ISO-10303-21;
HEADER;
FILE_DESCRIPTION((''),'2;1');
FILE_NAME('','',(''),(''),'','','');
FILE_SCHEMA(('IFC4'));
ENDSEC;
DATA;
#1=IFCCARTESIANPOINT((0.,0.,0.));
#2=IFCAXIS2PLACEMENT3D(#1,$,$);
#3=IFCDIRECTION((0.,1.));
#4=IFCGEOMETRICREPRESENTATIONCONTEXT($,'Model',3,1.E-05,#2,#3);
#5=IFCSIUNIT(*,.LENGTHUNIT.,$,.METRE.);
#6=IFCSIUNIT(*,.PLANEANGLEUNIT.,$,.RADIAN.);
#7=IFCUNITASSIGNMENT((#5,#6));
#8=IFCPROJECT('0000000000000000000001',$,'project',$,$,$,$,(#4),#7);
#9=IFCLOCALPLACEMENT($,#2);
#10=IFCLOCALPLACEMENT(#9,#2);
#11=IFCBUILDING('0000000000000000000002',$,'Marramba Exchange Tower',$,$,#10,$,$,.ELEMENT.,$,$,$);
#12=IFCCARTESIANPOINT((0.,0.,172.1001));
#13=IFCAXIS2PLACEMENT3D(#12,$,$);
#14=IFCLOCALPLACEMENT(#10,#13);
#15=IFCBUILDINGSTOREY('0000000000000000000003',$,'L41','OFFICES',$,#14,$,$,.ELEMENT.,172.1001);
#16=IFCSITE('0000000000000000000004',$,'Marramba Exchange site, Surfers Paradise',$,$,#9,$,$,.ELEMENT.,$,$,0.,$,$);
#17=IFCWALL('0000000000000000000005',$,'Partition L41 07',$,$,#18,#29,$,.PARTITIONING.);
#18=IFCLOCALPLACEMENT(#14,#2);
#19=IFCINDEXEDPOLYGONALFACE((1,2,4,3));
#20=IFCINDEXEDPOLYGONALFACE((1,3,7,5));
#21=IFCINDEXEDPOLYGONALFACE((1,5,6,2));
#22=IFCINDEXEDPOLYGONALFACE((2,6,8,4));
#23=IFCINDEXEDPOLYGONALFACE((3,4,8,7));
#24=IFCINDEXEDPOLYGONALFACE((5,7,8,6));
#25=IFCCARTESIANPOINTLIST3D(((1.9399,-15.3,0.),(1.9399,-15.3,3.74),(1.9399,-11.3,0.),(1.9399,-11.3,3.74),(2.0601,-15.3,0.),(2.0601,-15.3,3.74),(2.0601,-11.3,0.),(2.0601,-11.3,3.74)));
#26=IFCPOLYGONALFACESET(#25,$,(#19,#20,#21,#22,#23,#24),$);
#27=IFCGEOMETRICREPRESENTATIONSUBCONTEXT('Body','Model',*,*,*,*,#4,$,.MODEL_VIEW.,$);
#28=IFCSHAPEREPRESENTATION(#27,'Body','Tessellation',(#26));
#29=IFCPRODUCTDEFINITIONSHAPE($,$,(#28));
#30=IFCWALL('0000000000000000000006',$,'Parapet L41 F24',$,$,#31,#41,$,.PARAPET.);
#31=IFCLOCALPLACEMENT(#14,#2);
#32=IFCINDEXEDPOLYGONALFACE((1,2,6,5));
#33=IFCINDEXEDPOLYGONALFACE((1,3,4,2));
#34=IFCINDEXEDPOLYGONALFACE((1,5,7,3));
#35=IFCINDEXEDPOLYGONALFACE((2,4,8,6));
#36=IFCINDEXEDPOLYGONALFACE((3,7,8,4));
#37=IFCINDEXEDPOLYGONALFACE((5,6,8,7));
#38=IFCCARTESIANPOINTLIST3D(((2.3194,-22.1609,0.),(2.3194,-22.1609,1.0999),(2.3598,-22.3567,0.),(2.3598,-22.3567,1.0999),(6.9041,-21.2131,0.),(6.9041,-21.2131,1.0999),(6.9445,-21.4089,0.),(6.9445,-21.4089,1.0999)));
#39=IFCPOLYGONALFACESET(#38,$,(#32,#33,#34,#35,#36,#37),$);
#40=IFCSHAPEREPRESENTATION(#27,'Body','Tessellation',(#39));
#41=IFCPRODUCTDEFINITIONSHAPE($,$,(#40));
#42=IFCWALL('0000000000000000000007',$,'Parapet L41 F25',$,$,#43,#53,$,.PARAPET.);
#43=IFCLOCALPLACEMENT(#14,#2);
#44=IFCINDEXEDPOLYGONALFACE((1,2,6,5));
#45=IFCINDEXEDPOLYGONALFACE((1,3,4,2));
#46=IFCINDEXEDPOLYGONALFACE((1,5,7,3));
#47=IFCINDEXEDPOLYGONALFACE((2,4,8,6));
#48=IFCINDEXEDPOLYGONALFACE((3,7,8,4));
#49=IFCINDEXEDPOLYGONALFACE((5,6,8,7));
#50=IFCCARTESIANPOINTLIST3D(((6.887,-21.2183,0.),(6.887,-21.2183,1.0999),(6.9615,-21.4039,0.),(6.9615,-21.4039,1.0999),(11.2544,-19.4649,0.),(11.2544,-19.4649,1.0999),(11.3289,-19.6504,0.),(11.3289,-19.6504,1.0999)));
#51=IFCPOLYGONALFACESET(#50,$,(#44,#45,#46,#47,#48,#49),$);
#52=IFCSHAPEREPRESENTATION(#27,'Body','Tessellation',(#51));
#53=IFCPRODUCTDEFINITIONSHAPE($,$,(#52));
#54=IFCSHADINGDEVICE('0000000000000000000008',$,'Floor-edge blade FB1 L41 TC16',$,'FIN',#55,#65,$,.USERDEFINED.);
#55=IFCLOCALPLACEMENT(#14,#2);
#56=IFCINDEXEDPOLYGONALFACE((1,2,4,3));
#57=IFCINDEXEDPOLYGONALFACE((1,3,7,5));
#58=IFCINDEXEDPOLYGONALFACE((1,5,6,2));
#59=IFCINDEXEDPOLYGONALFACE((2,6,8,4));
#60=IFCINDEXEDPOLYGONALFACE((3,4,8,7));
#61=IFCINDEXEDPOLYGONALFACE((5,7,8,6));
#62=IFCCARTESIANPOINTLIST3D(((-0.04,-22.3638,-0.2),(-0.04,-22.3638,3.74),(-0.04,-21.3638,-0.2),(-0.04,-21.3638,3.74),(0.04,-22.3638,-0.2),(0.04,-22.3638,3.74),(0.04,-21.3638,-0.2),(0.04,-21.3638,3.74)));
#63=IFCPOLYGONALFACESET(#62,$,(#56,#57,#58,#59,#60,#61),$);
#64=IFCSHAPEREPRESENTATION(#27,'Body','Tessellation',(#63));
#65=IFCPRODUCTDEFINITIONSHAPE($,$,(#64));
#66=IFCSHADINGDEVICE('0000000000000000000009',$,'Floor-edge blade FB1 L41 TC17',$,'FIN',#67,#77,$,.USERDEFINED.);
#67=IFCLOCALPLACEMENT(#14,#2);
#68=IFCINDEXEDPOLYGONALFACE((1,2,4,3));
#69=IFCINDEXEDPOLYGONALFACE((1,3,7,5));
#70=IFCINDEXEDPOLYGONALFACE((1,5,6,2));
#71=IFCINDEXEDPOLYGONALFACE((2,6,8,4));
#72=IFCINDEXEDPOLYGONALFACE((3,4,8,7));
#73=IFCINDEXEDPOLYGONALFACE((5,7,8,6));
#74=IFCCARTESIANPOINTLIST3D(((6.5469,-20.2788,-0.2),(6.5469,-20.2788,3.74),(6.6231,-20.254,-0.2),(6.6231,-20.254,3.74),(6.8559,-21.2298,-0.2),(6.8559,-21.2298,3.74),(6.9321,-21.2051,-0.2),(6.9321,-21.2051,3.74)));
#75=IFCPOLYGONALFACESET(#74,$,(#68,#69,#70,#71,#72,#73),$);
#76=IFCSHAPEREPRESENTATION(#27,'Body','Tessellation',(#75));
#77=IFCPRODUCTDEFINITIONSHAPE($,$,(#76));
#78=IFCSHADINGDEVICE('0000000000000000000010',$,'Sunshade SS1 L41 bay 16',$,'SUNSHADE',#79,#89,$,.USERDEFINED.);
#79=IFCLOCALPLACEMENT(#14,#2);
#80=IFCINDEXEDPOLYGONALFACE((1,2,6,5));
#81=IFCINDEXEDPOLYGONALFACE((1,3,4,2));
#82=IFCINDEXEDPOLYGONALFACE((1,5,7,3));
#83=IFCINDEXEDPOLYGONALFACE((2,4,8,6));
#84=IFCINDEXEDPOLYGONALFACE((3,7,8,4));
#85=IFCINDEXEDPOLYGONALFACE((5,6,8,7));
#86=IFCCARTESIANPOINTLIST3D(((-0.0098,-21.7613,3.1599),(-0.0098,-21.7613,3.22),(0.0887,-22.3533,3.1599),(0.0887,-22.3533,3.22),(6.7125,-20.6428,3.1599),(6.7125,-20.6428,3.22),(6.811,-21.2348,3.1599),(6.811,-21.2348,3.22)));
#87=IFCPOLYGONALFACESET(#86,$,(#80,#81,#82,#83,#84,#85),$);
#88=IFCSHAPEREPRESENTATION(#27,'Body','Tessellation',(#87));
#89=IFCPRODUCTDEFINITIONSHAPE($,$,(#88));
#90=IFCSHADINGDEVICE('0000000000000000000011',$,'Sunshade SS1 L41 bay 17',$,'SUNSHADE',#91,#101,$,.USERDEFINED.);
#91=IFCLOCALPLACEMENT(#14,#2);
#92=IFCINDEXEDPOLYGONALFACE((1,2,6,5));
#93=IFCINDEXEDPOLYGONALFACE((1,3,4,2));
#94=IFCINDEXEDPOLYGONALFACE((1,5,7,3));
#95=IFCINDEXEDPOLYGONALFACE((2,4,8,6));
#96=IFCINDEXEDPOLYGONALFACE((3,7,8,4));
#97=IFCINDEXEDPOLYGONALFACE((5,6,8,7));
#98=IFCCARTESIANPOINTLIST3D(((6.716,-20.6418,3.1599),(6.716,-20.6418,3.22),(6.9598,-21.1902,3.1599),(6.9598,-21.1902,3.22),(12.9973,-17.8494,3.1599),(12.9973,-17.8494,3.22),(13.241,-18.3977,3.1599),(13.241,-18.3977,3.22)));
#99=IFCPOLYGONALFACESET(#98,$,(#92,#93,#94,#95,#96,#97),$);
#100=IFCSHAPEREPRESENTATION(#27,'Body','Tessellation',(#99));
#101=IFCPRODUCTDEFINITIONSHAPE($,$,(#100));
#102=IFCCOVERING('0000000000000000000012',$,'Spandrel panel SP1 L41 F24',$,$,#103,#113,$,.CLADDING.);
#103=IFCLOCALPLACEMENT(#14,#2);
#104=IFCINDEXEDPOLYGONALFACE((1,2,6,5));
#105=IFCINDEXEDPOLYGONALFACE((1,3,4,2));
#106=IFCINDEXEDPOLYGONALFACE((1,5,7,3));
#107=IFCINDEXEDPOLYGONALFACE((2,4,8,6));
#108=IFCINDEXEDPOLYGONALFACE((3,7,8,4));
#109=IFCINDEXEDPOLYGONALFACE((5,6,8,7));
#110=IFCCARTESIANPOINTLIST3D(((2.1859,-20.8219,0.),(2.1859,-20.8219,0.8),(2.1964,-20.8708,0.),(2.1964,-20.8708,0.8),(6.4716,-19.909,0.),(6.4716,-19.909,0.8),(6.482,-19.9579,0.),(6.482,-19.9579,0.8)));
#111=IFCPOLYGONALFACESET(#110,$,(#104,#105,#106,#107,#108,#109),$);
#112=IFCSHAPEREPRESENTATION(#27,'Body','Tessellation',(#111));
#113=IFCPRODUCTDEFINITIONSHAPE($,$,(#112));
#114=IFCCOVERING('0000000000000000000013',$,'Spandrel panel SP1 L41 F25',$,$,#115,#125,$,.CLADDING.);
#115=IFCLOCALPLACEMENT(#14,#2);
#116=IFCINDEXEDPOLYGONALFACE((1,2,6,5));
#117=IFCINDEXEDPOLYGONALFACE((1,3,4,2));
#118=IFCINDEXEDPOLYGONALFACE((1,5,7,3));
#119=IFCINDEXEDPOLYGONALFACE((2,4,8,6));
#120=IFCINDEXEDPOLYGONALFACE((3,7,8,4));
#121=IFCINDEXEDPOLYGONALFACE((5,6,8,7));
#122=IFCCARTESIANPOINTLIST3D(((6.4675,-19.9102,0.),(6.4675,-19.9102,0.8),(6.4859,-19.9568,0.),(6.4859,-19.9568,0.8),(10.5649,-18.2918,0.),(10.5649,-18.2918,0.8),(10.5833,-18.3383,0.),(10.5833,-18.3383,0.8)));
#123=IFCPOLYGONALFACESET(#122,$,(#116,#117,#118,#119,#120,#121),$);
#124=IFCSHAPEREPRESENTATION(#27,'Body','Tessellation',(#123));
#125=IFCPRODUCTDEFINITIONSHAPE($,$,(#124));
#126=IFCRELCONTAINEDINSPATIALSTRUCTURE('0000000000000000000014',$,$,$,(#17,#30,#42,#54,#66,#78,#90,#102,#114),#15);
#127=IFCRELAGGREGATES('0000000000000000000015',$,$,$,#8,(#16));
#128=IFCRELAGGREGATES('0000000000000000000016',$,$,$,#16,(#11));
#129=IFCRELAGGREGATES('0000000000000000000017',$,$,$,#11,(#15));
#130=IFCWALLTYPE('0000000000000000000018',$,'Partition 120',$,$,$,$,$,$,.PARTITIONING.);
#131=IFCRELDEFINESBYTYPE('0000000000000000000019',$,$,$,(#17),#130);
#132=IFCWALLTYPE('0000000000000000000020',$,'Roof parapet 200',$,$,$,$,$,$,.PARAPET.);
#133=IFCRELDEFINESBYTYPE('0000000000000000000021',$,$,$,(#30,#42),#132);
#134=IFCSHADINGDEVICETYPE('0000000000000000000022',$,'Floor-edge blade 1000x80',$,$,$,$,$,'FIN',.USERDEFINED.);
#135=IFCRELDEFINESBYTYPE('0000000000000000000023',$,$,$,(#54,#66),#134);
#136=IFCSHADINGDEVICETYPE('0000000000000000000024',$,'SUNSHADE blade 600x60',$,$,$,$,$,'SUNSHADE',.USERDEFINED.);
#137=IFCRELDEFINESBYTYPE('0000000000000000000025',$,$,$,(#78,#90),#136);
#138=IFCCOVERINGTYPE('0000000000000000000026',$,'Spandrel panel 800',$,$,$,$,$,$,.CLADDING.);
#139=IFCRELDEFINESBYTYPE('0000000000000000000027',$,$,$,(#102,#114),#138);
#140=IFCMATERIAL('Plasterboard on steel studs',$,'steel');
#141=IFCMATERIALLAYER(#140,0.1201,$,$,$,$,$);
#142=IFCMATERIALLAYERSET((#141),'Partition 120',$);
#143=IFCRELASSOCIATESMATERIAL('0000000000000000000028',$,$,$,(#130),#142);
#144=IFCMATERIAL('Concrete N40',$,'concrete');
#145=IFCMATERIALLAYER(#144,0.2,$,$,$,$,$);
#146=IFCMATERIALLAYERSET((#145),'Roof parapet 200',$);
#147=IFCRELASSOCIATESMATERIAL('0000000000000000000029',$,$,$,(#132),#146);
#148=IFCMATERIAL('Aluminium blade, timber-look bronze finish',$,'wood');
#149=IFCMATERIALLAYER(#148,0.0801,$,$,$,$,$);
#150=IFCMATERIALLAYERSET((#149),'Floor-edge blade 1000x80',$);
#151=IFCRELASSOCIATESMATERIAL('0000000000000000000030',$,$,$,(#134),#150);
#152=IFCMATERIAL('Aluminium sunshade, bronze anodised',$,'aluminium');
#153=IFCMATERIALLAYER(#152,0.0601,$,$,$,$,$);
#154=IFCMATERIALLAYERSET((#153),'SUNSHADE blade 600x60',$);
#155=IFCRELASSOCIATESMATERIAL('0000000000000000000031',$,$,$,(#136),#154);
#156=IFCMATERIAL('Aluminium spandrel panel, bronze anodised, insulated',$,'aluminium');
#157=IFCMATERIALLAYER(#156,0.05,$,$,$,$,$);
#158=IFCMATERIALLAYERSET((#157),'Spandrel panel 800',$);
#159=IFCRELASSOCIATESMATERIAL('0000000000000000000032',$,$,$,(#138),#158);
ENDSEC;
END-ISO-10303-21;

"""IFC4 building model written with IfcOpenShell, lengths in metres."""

from ifc_helpers import new_model, si_unit, direction, frame, frame_2d, origin, origin_2d, place, context, subcontext, project, spatial, rectangle, extrude, material, layer, layer_set, type_object, element, save


model = new_model("IFC4")

# Units and contexts
model_context = context("Model", 3, precision=1e-05, world=origin(), true_north=direction((0.0, 1.0)))
body_context = subcontext(model_context, "Body", "Model", "MODEL_VIEW")
ifc_project = project(units=[si_unit("LENGTHUNIT", "METRE"), si_unit("PLANEANGLEUNIT", "RADIAN")], contexts=[model_context])

# Site, building, storey
site_placement = place(None, origin())
site = spatial("IfcSite", under=ifc_project, at=site_placement, Name="Marramba Exchange site, Surfers Paradise", CompositionType="ELEMENT", RefElevation=0.0)
building_placement = place(site_placement, origin())
building = spatial("IfcBuilding", under=site, at=building_placement, Name="Marramba Exchange Tower", CompositionType="ELEMENT")
storey_placement = place(building_placement, frame((0.0, 0.0, 172.1001)))
storey = spatial("IfcBuildingStorey", under=building, at=storey_placement, Name="L41", Description="OFFICES", CompositionType="ELEMENT", Elevation=172.1001)

# Walls
ifc_material_1 = material(Name="Plasterboard on steel studs", Category="steel")
ifc_layer_1 = layer(ifc_material_1, 0.1201)
ifc_layer_set_1 = layer_set([ifc_layer_1], Name="Partition 120")
wall_type_1 = type_object("IfcWallType", Name="Partition 120", PredefinedType="PARTITIONING", material=ifc_layer_set_1)
wall_1_placement = place(storey_placement, frame((2.0, -15.3, 0.0), z_axis=(0.0, 0.0, 1.0), x_axis=(0.0, 1.0, 0.0)))
element("IfcWall", 1, at=wall_1_placement, inside=storey, type_object=wall_type_1, Name="Partition L41 07", PredefinedType="PARTITIONING", context=body_context, shape_type="SweptSolid", body=[
    extrude(rectangle(XDim=4.0, YDim=0.1201, at=frame_2d((2.0, 0.0))), origin(), (0.0, 0.0, 1.0), 3.74),
])
ifc_material_2 = material(Name="Concrete N40", Category="concrete")
ifc_layer_2 = layer(ifc_material_2, 0.2)
ifc_layer_set_2 = layer_set([ifc_layer_2], Name="Roof parapet 200")
wall_type_2 = type_object("IfcWallType", Name="Roof parapet 200", PredefinedType="PARAPET", material=ifc_layer_set_2)
wall_2_placement = place(storey_placement, frame((2.3396, -22.2588, 0.0), z_axis=(0.0, 0.0, 1.0), x_axis=(0.979295, 0.20244, 0.0)))
element("IfcWall", 2, at=wall_2_placement, inside=storey, type_object=wall_type_2, Name="Parapet L41 F24", PredefinedType="PARAPET", context=body_context, shape_type="SweptSolid", body=[
    extrude(rectangle(XDim=4.6816, YDim=0.2, at=frame_2d((2.3408, 0.0))), origin(), (0.0, 0.0, 1.0), 1.0999),
])
wall_3_placement = place(storey_placement, frame((6.9243, -21.311, 0.0), z_axis=(0.0, 0.0, 1.0), x_axis=(0.928004, 0.372571, 0.0)))
element("IfcWall", 3, at=wall_3_placement, inside=storey, type_object=wall_type_2, Name="Parapet L41 F25", PredefinedType="PARAPET", context=body_context, shape_type="SweptSolid", body=[
    extrude(rectangle(XDim=4.7063, YDim=0.2, at=frame_2d((2.353, 0.0))), origin(), (0.0, 0.0, 1.0), 1.0999),
])

# Shading devices
ifc_material_3 = material(Name="Aluminium blade, timber-look bronze finish", Category="wood")
ifc_layer_3 = layer(ifc_material_3, 0.0801)
ifc_layer_set_3 = layer_set([ifc_layer_3], Name="Floor-edge blade 1000x80")
shading_device_type_1 = type_object("IfcShadingDeviceType", Name="Floor-edge blade 1000x80", ElementType="FIN", PredefinedType="USERDEFINED", material=ifc_layer_set_3)
for number, where, z_axis, x_axis, name in (
    (4, (0.0, -21.8638, -0.2), (0.0, 0.0, 1.0), (0.0, -1.0, 0.0), "Floor-edge blade FB1 L41 TC16"),
    (5, (6.7395, -20.7419, -0.2), (0.0, 0.0, 1.0), (0.309017, -0.951057, 0.0), "Floor-edge blade FB1 L41 TC17"),
):
    element("IfcShadingDevice", number, at=place(storey_placement, frame(where, z_axis=z_axis, x_axis=x_axis)), inside=storey, type_object=shading_device_type_1, Name=name, ObjectType="FIN", PredefinedType="USERDEFINED", context=body_context, shape_type="SweptSolid", body=[
        extrude(rectangle(XDim=1.0, YDim=0.0801, at=origin_2d()), origin(), (0.0, 0.0, 1.0), 3.9399),
    ])
ifc_material_4 = material(Name="Aluminium sunshade, bronze anodised", Category="aluminium")
ifc_layer_4 = layer(ifc_material_4, 0.0601)
ifc_layer_set_4 = layer_set([ifc_layer_4], Name="SUNSHADE blade 600x60")
shading_device_type_2 = type_object("IfcShadingDeviceType", Name="SUNSHADE blade 600x60", ElementType="SUNSHADE", PredefinedType="USERDEFINED", material=ifc_layer_set_4)
shading_device_1_placement = place(storey_placement, frame((3.4006, -21.498, 3.1599), z_axis=(0.0, 0.0, 1.0), x_axis=(0.98644, 0.164125, 0.0)))
element("IfcShadingDevice", 6, at=shading_device_1_placement, inside=storey, type_object=shading_device_type_2, Name="Sunshade SS1 L41 bay 16", ObjectType="SUNSHADE", PredefinedType="USERDEFINED", context=body_context, shape_type="SweptSolid", body=[
    extrude(rectangle(XDim=6.8147, YDim=0.6001, at=origin_2d()), origin(), (0.0, 0.0, 1.0), 0.0601),
])
shading_device_2_placement = place(storey_placement, frame((9.9785, -19.5198, 3.1599), z_axis=(0.0, 0.0, 1.0), x_axis=(0.913772, 0.406228, 0.0)))
element("IfcShadingDevice", 7, at=shading_device_2_placement, inside=storey, type_object=shading_device_type_2, Name="Sunshade SS1 L41 bay 17", ObjectType="SUNSHADE", PredefinedType="USERDEFINED", context=body_context, shape_type="SweptSolid", body=[
    extrude(rectangle(XDim=6.874, YDim=0.6001, at=origin_2d()), origin(), (0.0, 0.0, 1.0), 0.0601),
])

# Coverings
ifc_material_5 = material(Name="Aluminium spandrel panel, bronze anodised, insulated", Category="aluminium")
ifc_layer_5 = layer(ifc_material_5, 0.05)
ifc_layer_set_5 = layer_set([ifc_layer_5], Name="Spandrel panel 800")
covering_type = type_object("IfcCoveringType", Name="Spandrel panel 800", PredefinedType="CLADDING", material=ifc_layer_set_5)
covering_1_placement = place(storey_placement, frame((4.334, -20.3899, 0.0), z_axis=(0.0, 0.0, 1.0), x_axis=(0.978058, 0.208332, 0.0)))
element("IfcCovering", 8, at=covering_1_placement, inside=storey, type_object=covering_type, Name="Spandrel panel SP1 L41 F24", PredefinedType="CLADDING", context=body_context, shape_type="SweptSolid", body=[
    extrude(rectangle(XDim=4.3818, YDim=0.05, at=origin_2d()), origin(), (0.0, 0.0, 1.0), 0.8),
])
covering_2_placement = place(storey_placement, frame((8.5254, -19.1243, 0.0), z_axis=(0.0, 0.0, 1.0), x_axis=(0.930073, 0.367375, 0.0)))
element("IfcCovering", 9, at=covering_2_placement, inside=storey, type_object=covering_type, Name="Spandrel panel SP1 L41 F25", PredefinedType="CLADDING", context=body_context, shape_type="SweptSolid", body=[
    extrude(rectangle(XDim=4.4055, YDim=0.05, at=origin_2d()), origin(), (0.0, 0.0, 1.0), 0.8),
])

save(model, "model.ifc")
